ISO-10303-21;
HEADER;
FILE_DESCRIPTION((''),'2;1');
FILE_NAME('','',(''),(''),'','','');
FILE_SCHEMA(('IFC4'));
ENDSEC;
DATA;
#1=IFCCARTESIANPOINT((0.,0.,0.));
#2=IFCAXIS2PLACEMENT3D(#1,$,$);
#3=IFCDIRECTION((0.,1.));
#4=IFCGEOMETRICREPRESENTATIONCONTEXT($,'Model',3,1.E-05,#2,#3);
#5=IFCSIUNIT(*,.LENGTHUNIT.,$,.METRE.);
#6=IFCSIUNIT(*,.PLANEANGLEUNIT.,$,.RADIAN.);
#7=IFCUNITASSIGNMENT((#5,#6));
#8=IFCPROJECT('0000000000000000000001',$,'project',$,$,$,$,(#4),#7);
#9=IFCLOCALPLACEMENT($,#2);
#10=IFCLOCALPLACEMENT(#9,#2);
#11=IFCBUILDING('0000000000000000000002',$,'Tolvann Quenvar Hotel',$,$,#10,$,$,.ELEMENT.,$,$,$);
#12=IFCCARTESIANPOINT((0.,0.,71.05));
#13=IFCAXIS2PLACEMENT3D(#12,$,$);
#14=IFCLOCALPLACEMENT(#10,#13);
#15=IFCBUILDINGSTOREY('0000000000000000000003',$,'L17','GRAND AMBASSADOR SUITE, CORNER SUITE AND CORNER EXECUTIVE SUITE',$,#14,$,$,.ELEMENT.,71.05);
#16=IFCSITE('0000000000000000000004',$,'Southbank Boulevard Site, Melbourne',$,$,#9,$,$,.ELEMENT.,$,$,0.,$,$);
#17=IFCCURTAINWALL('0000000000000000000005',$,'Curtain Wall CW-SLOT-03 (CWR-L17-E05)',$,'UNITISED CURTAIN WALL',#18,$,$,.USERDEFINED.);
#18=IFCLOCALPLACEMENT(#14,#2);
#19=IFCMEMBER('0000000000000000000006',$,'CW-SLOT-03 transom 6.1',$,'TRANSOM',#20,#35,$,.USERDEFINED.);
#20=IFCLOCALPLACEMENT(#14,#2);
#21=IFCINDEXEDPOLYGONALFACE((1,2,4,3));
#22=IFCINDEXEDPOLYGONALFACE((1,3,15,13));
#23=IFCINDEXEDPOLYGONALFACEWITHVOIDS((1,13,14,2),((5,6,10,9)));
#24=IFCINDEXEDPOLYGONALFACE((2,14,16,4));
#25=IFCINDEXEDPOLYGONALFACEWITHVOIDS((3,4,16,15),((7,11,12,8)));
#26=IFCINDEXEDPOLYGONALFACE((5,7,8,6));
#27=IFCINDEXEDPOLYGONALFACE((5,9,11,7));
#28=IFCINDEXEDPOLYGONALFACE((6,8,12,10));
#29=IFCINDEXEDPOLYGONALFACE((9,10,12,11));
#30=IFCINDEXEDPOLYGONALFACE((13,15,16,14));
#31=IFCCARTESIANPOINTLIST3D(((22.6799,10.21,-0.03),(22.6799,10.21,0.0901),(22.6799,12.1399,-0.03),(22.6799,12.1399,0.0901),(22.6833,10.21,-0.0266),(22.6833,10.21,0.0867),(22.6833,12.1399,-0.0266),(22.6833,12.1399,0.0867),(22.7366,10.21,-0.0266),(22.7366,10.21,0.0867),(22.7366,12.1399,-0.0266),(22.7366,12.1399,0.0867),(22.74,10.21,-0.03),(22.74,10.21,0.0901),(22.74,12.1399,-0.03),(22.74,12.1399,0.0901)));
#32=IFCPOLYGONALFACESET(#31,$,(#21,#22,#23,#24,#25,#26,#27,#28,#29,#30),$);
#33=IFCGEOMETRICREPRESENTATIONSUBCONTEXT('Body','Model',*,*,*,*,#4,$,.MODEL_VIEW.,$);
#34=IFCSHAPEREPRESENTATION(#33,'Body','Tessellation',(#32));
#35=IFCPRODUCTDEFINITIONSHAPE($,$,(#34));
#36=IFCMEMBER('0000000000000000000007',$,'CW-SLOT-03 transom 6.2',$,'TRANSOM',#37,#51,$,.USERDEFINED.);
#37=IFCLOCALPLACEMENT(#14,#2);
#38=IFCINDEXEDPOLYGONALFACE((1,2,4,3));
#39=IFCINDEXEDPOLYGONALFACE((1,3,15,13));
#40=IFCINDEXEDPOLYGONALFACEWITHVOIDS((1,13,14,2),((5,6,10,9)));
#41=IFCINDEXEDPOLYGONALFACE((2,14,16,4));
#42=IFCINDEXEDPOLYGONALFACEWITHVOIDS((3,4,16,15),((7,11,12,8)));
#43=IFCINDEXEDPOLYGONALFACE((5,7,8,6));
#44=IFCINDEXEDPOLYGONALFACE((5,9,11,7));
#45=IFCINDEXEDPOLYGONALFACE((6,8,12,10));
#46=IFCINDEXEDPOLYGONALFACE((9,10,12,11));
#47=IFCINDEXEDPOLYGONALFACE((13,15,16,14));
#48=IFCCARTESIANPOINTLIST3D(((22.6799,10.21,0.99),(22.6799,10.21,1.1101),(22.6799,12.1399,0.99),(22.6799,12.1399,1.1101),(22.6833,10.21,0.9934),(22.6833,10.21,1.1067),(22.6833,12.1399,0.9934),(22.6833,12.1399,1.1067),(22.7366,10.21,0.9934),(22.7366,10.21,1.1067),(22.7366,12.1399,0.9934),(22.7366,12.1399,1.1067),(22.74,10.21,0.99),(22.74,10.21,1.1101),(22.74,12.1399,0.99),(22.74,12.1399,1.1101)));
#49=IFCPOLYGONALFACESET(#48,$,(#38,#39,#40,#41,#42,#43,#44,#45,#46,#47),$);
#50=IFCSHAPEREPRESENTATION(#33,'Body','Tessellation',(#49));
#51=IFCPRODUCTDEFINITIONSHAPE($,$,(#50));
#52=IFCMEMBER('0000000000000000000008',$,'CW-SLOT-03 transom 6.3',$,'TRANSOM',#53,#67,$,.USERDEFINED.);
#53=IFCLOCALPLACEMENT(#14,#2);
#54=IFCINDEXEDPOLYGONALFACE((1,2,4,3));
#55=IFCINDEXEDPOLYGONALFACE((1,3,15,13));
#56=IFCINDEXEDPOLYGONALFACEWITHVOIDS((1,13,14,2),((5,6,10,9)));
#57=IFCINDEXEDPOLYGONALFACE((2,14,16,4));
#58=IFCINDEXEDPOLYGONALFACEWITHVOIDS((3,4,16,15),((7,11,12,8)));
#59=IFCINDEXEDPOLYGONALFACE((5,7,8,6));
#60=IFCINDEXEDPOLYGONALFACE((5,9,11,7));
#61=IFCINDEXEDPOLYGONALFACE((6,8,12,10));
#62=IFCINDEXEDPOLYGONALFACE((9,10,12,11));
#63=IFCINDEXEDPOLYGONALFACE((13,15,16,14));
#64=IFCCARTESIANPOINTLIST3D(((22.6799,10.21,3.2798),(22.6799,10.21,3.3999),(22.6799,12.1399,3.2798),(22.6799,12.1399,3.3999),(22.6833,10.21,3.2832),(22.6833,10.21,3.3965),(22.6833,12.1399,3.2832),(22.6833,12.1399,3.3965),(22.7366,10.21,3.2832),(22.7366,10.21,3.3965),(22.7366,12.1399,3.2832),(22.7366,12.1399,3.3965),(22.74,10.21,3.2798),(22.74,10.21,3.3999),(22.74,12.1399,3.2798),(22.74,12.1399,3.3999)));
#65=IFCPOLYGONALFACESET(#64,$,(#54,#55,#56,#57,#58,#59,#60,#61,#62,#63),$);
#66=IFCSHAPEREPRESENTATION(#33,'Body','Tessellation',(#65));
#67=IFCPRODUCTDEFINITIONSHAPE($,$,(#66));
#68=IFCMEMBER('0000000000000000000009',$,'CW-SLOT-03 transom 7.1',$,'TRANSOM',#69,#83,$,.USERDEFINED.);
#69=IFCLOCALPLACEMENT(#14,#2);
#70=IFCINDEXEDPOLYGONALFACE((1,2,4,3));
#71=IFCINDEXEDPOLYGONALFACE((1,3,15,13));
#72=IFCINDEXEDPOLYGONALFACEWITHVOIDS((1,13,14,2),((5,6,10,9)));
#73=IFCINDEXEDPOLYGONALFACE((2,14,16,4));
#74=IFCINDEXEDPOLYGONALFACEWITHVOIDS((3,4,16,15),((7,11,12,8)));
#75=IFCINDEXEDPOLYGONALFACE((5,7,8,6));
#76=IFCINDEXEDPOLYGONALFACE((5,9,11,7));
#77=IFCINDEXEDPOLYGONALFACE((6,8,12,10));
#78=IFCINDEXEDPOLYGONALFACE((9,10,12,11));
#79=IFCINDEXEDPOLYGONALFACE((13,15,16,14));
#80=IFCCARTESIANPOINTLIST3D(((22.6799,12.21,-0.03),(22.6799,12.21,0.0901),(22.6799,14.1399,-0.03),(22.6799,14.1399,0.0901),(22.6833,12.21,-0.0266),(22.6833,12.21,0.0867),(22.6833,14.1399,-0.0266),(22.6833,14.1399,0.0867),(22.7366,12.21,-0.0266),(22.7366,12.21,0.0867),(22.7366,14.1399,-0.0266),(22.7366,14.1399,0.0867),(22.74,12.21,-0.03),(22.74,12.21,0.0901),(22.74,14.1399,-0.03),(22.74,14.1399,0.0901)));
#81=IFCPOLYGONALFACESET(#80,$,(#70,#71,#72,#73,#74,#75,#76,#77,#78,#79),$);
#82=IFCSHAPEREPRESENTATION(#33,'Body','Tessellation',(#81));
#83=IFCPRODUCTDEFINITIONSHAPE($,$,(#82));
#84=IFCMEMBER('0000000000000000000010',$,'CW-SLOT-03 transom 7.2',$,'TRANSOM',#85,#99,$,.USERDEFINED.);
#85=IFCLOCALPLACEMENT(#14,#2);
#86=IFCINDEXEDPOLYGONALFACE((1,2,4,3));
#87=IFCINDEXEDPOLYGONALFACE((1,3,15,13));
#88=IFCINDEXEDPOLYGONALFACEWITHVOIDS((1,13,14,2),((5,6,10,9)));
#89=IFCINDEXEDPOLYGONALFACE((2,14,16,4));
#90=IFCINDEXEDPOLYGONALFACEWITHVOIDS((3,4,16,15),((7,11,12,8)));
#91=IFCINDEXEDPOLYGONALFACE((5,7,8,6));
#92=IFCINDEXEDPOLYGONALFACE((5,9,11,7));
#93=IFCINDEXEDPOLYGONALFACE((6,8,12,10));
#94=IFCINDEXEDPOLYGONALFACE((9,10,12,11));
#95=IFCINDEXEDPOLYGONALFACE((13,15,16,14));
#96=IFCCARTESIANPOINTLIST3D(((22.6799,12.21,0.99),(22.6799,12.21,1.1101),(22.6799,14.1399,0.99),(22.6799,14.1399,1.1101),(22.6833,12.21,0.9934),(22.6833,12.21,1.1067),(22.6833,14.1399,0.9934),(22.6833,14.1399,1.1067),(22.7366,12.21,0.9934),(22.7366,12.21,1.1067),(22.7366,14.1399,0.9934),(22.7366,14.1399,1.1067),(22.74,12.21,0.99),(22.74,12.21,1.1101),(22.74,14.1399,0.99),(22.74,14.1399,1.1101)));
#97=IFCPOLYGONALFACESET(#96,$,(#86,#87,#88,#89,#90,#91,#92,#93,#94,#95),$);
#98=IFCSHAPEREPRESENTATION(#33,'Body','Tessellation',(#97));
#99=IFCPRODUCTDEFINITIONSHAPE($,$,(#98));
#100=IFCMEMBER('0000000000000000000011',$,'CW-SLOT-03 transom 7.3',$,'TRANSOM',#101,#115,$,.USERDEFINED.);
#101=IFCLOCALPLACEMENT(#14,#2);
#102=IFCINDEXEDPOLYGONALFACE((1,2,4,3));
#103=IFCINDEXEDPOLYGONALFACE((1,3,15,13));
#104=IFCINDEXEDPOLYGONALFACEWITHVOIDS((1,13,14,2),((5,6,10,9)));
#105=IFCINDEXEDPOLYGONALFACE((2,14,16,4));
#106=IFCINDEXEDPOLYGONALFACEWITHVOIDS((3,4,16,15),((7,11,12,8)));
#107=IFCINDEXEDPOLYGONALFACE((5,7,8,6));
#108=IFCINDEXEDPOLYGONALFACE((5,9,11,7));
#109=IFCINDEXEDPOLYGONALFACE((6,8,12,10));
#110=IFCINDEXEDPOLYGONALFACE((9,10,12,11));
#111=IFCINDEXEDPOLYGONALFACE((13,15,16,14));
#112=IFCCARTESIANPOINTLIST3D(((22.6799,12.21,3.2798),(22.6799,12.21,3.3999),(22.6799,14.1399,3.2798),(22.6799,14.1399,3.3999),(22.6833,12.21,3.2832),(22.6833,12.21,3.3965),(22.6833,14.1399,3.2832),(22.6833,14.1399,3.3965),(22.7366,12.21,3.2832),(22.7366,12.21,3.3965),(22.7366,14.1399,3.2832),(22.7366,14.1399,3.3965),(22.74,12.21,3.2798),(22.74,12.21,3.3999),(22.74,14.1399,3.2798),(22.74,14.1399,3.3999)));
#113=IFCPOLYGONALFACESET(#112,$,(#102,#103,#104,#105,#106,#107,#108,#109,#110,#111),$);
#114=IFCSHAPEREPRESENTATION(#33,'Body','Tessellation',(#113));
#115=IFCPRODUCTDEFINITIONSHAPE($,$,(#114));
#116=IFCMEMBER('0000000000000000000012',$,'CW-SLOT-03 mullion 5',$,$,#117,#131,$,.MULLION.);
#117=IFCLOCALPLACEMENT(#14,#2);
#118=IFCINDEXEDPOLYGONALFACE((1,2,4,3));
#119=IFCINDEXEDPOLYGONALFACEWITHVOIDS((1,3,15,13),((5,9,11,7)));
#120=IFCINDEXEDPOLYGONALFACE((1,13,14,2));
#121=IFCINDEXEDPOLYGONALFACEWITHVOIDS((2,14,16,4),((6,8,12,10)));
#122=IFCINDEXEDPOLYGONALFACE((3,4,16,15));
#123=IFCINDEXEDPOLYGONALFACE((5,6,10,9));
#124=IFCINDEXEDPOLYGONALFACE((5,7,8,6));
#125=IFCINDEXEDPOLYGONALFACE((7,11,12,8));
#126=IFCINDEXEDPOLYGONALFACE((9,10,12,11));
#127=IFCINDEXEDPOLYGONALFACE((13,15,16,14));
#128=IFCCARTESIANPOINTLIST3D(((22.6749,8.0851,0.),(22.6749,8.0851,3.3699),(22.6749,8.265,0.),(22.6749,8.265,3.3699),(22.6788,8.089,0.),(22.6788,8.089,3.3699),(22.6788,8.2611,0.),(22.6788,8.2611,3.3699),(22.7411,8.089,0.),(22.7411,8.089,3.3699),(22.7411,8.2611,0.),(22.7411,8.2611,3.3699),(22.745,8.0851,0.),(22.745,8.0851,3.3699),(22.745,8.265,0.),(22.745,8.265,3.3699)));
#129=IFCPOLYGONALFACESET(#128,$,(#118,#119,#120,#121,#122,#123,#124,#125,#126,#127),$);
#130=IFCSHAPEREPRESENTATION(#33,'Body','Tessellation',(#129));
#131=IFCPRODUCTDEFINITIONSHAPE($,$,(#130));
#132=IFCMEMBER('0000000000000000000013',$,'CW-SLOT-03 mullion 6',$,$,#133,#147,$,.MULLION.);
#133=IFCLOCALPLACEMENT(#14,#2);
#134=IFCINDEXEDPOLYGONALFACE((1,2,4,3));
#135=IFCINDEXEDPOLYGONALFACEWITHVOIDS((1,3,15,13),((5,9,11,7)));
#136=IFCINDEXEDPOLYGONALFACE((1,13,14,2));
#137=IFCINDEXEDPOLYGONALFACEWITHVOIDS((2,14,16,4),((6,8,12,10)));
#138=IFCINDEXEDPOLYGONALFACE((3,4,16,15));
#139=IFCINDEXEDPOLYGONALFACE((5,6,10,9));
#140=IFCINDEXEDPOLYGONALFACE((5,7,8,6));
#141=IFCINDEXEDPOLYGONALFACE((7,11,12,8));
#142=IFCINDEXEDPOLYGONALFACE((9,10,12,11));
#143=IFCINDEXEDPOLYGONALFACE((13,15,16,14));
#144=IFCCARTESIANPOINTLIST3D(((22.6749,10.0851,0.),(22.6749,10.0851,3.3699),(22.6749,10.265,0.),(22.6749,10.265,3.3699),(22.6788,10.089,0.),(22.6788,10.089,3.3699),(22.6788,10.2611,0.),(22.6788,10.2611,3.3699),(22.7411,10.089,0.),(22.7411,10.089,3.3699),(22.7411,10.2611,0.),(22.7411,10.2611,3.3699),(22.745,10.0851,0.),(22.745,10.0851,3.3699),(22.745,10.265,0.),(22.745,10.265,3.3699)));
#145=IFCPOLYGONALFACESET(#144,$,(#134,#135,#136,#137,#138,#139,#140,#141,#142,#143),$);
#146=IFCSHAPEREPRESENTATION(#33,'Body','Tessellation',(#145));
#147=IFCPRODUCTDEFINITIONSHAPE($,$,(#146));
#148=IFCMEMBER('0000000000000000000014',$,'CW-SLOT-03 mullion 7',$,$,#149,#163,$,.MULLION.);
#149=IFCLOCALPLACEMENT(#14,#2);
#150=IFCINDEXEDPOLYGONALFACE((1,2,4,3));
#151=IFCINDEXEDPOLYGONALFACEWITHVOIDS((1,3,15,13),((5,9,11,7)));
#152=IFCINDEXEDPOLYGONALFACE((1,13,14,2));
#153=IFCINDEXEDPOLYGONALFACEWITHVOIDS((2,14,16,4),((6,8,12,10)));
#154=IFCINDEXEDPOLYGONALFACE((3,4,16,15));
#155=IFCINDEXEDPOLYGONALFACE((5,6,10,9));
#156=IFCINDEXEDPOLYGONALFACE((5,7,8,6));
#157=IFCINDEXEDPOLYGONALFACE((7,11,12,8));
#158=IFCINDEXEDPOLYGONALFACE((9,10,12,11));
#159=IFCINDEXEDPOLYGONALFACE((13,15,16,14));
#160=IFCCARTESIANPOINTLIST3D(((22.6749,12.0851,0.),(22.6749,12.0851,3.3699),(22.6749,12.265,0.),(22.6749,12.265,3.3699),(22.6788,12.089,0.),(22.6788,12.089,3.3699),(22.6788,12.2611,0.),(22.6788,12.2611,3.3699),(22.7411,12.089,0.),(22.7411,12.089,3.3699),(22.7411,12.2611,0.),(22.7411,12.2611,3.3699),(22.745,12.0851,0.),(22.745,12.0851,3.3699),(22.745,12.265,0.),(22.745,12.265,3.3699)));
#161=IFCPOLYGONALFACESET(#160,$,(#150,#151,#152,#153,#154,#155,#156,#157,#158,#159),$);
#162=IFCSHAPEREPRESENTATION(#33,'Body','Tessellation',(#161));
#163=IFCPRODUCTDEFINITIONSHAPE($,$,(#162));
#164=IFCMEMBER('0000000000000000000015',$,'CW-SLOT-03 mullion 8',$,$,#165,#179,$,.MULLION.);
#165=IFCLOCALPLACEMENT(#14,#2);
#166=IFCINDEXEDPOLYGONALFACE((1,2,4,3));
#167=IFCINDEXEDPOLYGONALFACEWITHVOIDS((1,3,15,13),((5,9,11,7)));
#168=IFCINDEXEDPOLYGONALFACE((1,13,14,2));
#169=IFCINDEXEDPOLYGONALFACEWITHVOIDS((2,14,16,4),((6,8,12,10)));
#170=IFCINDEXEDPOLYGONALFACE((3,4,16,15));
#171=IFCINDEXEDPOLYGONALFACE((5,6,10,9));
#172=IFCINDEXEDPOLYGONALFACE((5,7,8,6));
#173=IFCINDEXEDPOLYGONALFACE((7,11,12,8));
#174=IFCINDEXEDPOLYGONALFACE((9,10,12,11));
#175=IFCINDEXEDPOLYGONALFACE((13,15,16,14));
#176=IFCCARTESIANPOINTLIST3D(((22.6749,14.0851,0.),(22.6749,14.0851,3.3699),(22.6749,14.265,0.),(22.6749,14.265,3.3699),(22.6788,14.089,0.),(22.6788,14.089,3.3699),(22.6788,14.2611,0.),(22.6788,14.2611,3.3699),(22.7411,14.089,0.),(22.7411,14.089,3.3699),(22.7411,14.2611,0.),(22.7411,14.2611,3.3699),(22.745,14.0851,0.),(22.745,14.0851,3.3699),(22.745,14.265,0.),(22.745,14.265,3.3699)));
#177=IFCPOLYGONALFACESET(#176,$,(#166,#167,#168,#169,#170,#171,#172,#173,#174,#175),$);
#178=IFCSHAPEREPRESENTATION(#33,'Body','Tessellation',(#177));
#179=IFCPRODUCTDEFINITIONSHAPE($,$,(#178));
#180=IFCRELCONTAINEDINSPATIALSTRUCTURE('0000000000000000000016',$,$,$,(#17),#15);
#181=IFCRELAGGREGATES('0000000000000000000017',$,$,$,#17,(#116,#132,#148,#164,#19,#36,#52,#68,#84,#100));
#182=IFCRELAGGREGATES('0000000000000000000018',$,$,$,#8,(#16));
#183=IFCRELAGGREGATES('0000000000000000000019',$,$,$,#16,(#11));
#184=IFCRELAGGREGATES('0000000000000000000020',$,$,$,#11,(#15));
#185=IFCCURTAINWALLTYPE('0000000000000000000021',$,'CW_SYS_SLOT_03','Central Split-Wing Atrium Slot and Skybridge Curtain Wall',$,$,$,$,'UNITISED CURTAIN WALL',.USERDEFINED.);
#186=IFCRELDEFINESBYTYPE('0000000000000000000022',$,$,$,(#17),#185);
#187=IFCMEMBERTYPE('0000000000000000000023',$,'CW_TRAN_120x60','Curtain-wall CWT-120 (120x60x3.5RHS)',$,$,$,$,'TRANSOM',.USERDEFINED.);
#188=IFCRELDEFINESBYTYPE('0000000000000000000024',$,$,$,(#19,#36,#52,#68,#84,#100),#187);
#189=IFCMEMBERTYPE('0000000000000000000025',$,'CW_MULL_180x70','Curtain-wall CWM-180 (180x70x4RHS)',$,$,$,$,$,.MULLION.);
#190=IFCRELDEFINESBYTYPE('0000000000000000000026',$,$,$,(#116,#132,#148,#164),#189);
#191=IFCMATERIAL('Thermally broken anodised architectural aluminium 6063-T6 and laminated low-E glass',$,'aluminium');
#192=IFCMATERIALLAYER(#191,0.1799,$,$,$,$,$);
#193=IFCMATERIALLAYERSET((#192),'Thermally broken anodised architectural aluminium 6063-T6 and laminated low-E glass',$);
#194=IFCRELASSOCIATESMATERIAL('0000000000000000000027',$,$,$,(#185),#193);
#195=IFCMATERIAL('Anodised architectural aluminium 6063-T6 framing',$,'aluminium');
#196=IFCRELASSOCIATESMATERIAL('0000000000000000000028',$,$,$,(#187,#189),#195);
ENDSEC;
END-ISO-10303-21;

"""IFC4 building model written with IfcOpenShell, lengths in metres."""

from ifc_helpers import new_model, si_unit, direction, frame, origin, origin_2d, place, context, subcontext, project, spatial, hollow_rectangle, extrude, source, transform, mapped, material, layer, layer_set, material_profile, profile_set, type_object, type_shapes, element, aggregate, save


model = new_model("IFC4")

# Units and contexts
model_context = context("Model", 3, precision=1e-05, world=origin(), true_north=direction((0.0, 1.0)))
body_context = subcontext(model_context, "Body", "Model", "MODEL_VIEW")
ifc_project = project(units=[si_unit("LENGTHUNIT", "METRE"), si_unit("PLANEANGLEUNIT", "RADIAN")], contexts=[model_context])

# Site, building, storey
site_placement = place(None, origin())
site = spatial("IfcSite", under=ifc_project, at=site_placement, Name="Southbank Boulevard Site, Melbourne", CompositionType="ELEMENT", RefElevation=0.0)
building_placement = place(site_placement, origin())
building = spatial("IfcBuilding", under=site, at=building_placement, Name="Tolvann Quenvar Hotel", CompositionType="ELEMENT")
storey_placement = place(building_placement, frame((0.0, 0.0, 71.05)))
storey = spatial("IfcBuildingStorey", under=building, at=storey_placement, Name="L17", Description="GRAND AMBASSADOR SUITE, CORNER SUITE AND CORNER EXECUTIVE SUITE", CompositionType="ELEMENT", Elevation=71.05)

# Curtain wall, members
ifc_material_1 = material(Name="Thermally broken anodised architectural aluminium 6063-T6 and laminated low-E glass", Category="aluminium")
ifc_layer_1 = layer(ifc_material_1, 0.1799)
ifc_layer_set_1 = layer_set([ifc_layer_1], Name="Thermally broken anodised architectural aluminium 6063-T6 and laminated low-E glass")
curtain_wall_type = type_object("IfcCurtainWallType", Name="CW_SYS_SLOT_03", Description="Central Split-Wing Atrium Slot and Skybridge Curtain Wall", ElementType="UNITISED CURTAIN WALL", PredefinedType="USERDEFINED", material=ifc_layer_set_1)
curtain_wall_placement = place(storey_placement, origin())
curtain_wall = element("IfcCurtainWall", 1, at=curtain_wall_placement, inside=storey, type_object=curtain_wall_type, Name="Curtain Wall CW-SLOT-03 (CWR-L17-E05)", ObjectType="UNITISED CURTAIN WALL", PredefinedType="USERDEFINED")
ifc_material_2 = material(Name="Anodised architectural aluminium 6063-T6 framing", Category="aluminium")
ifc_material_profile_1 = material_profile(ifc_material_2, hollow_rectangle(XDim=0.0601, YDim=0.1201, WallThickness=0.0034, at=origin_2d()), Name="120x60x3.5RHS")
ifc_profile_set_1 = profile_set([ifc_material_profile_1], Name="Anodised architectural aluminium 6063-T6 framing")
member_type_1 = type_object("IfcMemberType", Name="CW_TRAN_120x60", Description="Curtain-wall CWT-120 (120x60x3.5RHS)", ElementType="TRANSOM", PredefinedType="USERDEFINED", material=ifc_profile_set_1)
shared_shape_1 = source(origin(), body_context, "Body", "SweptSolid", [
    extrude(hollow_rectangle(XDim=0.0601, YDim=0.1201, WallThickness=0.0034, at=origin_2d()), origin(), (0.0, 0.0, 1.0), 1.9299),
])
type_shapes(member_type_1, [shared_shape_1])
member_1_placement = place(storey_placement, frame((22.71, 10.21, 0.03), z_axis=(0.0, 1.0, 0.0), x_axis=(-1.0, 0.0, 0.0)))
member_1 = element("IfcMember", 2, at=member_1_placement, type_object=member_type_1, Name="CW-SLOT-03 transom 6.1", ObjectType="TRANSOM", PredefinedType="USERDEFINED", context=body_context, shape_type="MappedRepresentation", body=[
    mapped(shared_shape_1, transform((0.0, 0.0, 0.0), x_axis=(1.0, 0.0, 0.0), y_axis=(0.0, 1.0, 0.0), z_axis=(0.0, 0.0, 1.0), scale=1.0)),
])
member_2_placement = place(storey_placement, frame((22.71, 10.21, 1.05), z_axis=(0.0, 1.0, 0.0), x_axis=(-1.0, 0.0, 0.0)))
member_2 = element("IfcMember", 3, at=member_2_placement, type_object=member_type_1, Name="CW-SLOT-03 transom 6.2", ObjectType="TRANSOM", PredefinedType="USERDEFINED", context=body_context, shape_type="MappedRepresentation", body=[
    mapped(shared_shape_1, transform((0.0, 0.0, 0.0), x_axis=(1.0, 0.0, 0.0), y_axis=(0.0, 1.0, 0.0), z_axis=(0.0, 0.0, 1.0), scale=1.0)),
])
member_3_placement = place(storey_placement, frame((22.71, 10.21, 3.3398), z_axis=(0.0, 1.0, 0.0), x_axis=(-1.0, 0.0, 0.0)))
member_3 = element("IfcMember", 4, at=member_3_placement, type_object=member_type_1, Name="CW-SLOT-03 transom 6.3", ObjectType="TRANSOM", PredefinedType="USERDEFINED", context=body_context, shape_type="MappedRepresentation", body=[
    mapped(shared_shape_1, transform((0.0, 0.0, 0.0), x_axis=(1.0, 0.0, 0.0), y_axis=(0.0, 1.0, 0.0), z_axis=(0.0, 0.0, 1.0), scale=1.0)),
])
member_4_placement = place(storey_placement, frame((22.71, 12.21, 0.03), z_axis=(0.0, 1.0, 0.0), x_axis=(-1.0, 0.0, 0.0)))
member_4 = element("IfcMember", 5, at=member_4_placement, type_object=member_type_1, Name="CW-SLOT-03 transom 7.1", ObjectType="TRANSOM", PredefinedType="USERDEFINED", context=body_context, shape_type="MappedRepresentation", body=[
    mapped(shared_shape_1, transform((0.0, 0.0, 0.0), x_axis=(1.0, 0.0, 0.0), y_axis=(0.0, 1.0, 0.0), z_axis=(0.0, 0.0, 1.0), scale=1.0)),
])
member_5_placement = place(storey_placement, frame((22.71, 12.21, 1.05), z_axis=(0.0, 1.0, 0.0), x_axis=(-1.0, 0.0, 0.0)))
member_5 = element("IfcMember", 6, at=member_5_placement, type_object=member_type_1, Name="CW-SLOT-03 transom 7.2", ObjectType="TRANSOM", PredefinedType="USERDEFINED", context=body_context, shape_type="MappedRepresentation", body=[
    mapped(shared_shape_1, transform((0.0, 0.0, 0.0), x_axis=(1.0, 0.0, 0.0), y_axis=(0.0, 1.0, 0.0), z_axis=(0.0, 0.0, 1.0), scale=1.0)),
])
member_6_placement = place(storey_placement, frame((22.71, 12.21, 3.3398), z_axis=(0.0, 1.0, 0.0), x_axis=(-1.0, 0.0, 0.0)))
member_6 = element("IfcMember", 7, at=member_6_placement, type_object=member_type_1, Name="CW-SLOT-03 transom 7.3", ObjectType="TRANSOM", PredefinedType="USERDEFINED", context=body_context, shape_type="MappedRepresentation", body=[
    mapped(shared_shape_1, transform((0.0, 0.0, 0.0), x_axis=(1.0, 0.0, 0.0), y_axis=(0.0, 1.0, 0.0), z_axis=(0.0, 0.0, 1.0), scale=1.0)),
])
ifc_material_profile_2 = material_profile(ifc_material_2, hollow_rectangle(XDim=0.0701, YDim=0.1799, WallThickness=0.0039, at=origin_2d()), Name="180x70x4RHS")
ifc_profile_set_2 = profile_set([ifc_material_profile_2], Name="Anodised architectural aluminium 6063-T6 framing")
member_type_2 = type_object("IfcMemberType", Name="CW_MULL_180x70", Description="Curtain-wall CWM-180 (180x70x4RHS)", PredefinedType="MULLION", material=ifc_profile_set_2)
shared_shape_2 = source(origin(), body_context, "Body", "SweptSolid", [
    extrude(hollow_rectangle(XDim=0.0701, YDim=0.1799, WallThickness=0.0039, at=origin_2d()), origin(), (0.0, 0.0, 1.0), 3.3699),
])
type_shapes(member_type_2, [shared_shape_2])
member_7_placement = place(storey_placement, frame((22.71, 8.175, 0.0), z_axis=(0.0, 0.0, 1.0), x_axis=(-1.0, 0.0, 0.0)))
member_7 = element("IfcMember", 8, at=member_7_placement, type_object=member_type_2, Name="CW-SLOT-03 mullion 5", PredefinedType="MULLION", context=body_context, shape_type="MappedRepresentation", body=[
    mapped(shared_shape_2, transform((0.0, 0.0, 0.0), x_axis=(1.0, 0.0, 0.0), y_axis=(0.0, 1.0, 0.0), z_axis=(0.0, 0.0, 1.0), scale=1.0)),
])
member_8_placement = place(storey_placement, frame((22.71, 10.175, 0.0), z_axis=(0.0, 0.0, 1.0), x_axis=(-1.0, 0.0, 0.0)))
member_8 = element("IfcMember", 9, at=member_8_placement, type_object=member_type_2, Name="CW-SLOT-03 mullion 6", PredefinedType="MULLION", context=body_context, shape_type="MappedRepresentation", body=[
    mapped(shared_shape_2, transform((0.0, 0.0, 0.0), x_axis=(1.0, 0.0, 0.0), y_axis=(0.0, 1.0, 0.0), z_axis=(0.0, 0.0, 1.0), scale=1.0)),
])
member_9_placement = place(storey_placement, frame((22.71, 12.175, 0.0), z_axis=(0.0, 0.0, 1.0), x_axis=(-1.0, 0.0, 0.0)))
member_9 = element("IfcMember", 10, at=member_9_placement, type_object=member_type_2, Name="CW-SLOT-03 mullion 7", PredefinedType="MULLION", context=body_context, shape_type="MappedRepresentation", body=[
    mapped(shared_shape_2, transform((0.0, 0.0, 0.0), x_axis=(1.0, 0.0, 0.0), y_axis=(0.0, 1.0, 0.0), z_axis=(0.0, 0.0, 1.0), scale=1.0)),
])
member_10_placement = place(storey_placement, frame((22.71, 14.175, 0.0), z_axis=(0.0, 0.0, 1.0), x_axis=(-1.0, 0.0, 0.0)))
member_10 = element("IfcMember", 11, at=member_10_placement, type_object=member_type_2, Name="CW-SLOT-03 mullion 8", PredefinedType="MULLION", context=body_context, shape_type="MappedRepresentation", body=[
    mapped(shared_shape_2, transform((0.0, 0.0, 0.0), x_axis=(1.0, 0.0, 0.0), y_axis=(0.0, 1.0, 0.0), z_axis=(0.0, 0.0, 1.0), scale=1.0)),
])
aggregate(curtain_wall, [member_7, member_8, member_9, member_10, member_1, member_2, member_3, member_4, member_5, member_6])

save(model, "model.ifc")
